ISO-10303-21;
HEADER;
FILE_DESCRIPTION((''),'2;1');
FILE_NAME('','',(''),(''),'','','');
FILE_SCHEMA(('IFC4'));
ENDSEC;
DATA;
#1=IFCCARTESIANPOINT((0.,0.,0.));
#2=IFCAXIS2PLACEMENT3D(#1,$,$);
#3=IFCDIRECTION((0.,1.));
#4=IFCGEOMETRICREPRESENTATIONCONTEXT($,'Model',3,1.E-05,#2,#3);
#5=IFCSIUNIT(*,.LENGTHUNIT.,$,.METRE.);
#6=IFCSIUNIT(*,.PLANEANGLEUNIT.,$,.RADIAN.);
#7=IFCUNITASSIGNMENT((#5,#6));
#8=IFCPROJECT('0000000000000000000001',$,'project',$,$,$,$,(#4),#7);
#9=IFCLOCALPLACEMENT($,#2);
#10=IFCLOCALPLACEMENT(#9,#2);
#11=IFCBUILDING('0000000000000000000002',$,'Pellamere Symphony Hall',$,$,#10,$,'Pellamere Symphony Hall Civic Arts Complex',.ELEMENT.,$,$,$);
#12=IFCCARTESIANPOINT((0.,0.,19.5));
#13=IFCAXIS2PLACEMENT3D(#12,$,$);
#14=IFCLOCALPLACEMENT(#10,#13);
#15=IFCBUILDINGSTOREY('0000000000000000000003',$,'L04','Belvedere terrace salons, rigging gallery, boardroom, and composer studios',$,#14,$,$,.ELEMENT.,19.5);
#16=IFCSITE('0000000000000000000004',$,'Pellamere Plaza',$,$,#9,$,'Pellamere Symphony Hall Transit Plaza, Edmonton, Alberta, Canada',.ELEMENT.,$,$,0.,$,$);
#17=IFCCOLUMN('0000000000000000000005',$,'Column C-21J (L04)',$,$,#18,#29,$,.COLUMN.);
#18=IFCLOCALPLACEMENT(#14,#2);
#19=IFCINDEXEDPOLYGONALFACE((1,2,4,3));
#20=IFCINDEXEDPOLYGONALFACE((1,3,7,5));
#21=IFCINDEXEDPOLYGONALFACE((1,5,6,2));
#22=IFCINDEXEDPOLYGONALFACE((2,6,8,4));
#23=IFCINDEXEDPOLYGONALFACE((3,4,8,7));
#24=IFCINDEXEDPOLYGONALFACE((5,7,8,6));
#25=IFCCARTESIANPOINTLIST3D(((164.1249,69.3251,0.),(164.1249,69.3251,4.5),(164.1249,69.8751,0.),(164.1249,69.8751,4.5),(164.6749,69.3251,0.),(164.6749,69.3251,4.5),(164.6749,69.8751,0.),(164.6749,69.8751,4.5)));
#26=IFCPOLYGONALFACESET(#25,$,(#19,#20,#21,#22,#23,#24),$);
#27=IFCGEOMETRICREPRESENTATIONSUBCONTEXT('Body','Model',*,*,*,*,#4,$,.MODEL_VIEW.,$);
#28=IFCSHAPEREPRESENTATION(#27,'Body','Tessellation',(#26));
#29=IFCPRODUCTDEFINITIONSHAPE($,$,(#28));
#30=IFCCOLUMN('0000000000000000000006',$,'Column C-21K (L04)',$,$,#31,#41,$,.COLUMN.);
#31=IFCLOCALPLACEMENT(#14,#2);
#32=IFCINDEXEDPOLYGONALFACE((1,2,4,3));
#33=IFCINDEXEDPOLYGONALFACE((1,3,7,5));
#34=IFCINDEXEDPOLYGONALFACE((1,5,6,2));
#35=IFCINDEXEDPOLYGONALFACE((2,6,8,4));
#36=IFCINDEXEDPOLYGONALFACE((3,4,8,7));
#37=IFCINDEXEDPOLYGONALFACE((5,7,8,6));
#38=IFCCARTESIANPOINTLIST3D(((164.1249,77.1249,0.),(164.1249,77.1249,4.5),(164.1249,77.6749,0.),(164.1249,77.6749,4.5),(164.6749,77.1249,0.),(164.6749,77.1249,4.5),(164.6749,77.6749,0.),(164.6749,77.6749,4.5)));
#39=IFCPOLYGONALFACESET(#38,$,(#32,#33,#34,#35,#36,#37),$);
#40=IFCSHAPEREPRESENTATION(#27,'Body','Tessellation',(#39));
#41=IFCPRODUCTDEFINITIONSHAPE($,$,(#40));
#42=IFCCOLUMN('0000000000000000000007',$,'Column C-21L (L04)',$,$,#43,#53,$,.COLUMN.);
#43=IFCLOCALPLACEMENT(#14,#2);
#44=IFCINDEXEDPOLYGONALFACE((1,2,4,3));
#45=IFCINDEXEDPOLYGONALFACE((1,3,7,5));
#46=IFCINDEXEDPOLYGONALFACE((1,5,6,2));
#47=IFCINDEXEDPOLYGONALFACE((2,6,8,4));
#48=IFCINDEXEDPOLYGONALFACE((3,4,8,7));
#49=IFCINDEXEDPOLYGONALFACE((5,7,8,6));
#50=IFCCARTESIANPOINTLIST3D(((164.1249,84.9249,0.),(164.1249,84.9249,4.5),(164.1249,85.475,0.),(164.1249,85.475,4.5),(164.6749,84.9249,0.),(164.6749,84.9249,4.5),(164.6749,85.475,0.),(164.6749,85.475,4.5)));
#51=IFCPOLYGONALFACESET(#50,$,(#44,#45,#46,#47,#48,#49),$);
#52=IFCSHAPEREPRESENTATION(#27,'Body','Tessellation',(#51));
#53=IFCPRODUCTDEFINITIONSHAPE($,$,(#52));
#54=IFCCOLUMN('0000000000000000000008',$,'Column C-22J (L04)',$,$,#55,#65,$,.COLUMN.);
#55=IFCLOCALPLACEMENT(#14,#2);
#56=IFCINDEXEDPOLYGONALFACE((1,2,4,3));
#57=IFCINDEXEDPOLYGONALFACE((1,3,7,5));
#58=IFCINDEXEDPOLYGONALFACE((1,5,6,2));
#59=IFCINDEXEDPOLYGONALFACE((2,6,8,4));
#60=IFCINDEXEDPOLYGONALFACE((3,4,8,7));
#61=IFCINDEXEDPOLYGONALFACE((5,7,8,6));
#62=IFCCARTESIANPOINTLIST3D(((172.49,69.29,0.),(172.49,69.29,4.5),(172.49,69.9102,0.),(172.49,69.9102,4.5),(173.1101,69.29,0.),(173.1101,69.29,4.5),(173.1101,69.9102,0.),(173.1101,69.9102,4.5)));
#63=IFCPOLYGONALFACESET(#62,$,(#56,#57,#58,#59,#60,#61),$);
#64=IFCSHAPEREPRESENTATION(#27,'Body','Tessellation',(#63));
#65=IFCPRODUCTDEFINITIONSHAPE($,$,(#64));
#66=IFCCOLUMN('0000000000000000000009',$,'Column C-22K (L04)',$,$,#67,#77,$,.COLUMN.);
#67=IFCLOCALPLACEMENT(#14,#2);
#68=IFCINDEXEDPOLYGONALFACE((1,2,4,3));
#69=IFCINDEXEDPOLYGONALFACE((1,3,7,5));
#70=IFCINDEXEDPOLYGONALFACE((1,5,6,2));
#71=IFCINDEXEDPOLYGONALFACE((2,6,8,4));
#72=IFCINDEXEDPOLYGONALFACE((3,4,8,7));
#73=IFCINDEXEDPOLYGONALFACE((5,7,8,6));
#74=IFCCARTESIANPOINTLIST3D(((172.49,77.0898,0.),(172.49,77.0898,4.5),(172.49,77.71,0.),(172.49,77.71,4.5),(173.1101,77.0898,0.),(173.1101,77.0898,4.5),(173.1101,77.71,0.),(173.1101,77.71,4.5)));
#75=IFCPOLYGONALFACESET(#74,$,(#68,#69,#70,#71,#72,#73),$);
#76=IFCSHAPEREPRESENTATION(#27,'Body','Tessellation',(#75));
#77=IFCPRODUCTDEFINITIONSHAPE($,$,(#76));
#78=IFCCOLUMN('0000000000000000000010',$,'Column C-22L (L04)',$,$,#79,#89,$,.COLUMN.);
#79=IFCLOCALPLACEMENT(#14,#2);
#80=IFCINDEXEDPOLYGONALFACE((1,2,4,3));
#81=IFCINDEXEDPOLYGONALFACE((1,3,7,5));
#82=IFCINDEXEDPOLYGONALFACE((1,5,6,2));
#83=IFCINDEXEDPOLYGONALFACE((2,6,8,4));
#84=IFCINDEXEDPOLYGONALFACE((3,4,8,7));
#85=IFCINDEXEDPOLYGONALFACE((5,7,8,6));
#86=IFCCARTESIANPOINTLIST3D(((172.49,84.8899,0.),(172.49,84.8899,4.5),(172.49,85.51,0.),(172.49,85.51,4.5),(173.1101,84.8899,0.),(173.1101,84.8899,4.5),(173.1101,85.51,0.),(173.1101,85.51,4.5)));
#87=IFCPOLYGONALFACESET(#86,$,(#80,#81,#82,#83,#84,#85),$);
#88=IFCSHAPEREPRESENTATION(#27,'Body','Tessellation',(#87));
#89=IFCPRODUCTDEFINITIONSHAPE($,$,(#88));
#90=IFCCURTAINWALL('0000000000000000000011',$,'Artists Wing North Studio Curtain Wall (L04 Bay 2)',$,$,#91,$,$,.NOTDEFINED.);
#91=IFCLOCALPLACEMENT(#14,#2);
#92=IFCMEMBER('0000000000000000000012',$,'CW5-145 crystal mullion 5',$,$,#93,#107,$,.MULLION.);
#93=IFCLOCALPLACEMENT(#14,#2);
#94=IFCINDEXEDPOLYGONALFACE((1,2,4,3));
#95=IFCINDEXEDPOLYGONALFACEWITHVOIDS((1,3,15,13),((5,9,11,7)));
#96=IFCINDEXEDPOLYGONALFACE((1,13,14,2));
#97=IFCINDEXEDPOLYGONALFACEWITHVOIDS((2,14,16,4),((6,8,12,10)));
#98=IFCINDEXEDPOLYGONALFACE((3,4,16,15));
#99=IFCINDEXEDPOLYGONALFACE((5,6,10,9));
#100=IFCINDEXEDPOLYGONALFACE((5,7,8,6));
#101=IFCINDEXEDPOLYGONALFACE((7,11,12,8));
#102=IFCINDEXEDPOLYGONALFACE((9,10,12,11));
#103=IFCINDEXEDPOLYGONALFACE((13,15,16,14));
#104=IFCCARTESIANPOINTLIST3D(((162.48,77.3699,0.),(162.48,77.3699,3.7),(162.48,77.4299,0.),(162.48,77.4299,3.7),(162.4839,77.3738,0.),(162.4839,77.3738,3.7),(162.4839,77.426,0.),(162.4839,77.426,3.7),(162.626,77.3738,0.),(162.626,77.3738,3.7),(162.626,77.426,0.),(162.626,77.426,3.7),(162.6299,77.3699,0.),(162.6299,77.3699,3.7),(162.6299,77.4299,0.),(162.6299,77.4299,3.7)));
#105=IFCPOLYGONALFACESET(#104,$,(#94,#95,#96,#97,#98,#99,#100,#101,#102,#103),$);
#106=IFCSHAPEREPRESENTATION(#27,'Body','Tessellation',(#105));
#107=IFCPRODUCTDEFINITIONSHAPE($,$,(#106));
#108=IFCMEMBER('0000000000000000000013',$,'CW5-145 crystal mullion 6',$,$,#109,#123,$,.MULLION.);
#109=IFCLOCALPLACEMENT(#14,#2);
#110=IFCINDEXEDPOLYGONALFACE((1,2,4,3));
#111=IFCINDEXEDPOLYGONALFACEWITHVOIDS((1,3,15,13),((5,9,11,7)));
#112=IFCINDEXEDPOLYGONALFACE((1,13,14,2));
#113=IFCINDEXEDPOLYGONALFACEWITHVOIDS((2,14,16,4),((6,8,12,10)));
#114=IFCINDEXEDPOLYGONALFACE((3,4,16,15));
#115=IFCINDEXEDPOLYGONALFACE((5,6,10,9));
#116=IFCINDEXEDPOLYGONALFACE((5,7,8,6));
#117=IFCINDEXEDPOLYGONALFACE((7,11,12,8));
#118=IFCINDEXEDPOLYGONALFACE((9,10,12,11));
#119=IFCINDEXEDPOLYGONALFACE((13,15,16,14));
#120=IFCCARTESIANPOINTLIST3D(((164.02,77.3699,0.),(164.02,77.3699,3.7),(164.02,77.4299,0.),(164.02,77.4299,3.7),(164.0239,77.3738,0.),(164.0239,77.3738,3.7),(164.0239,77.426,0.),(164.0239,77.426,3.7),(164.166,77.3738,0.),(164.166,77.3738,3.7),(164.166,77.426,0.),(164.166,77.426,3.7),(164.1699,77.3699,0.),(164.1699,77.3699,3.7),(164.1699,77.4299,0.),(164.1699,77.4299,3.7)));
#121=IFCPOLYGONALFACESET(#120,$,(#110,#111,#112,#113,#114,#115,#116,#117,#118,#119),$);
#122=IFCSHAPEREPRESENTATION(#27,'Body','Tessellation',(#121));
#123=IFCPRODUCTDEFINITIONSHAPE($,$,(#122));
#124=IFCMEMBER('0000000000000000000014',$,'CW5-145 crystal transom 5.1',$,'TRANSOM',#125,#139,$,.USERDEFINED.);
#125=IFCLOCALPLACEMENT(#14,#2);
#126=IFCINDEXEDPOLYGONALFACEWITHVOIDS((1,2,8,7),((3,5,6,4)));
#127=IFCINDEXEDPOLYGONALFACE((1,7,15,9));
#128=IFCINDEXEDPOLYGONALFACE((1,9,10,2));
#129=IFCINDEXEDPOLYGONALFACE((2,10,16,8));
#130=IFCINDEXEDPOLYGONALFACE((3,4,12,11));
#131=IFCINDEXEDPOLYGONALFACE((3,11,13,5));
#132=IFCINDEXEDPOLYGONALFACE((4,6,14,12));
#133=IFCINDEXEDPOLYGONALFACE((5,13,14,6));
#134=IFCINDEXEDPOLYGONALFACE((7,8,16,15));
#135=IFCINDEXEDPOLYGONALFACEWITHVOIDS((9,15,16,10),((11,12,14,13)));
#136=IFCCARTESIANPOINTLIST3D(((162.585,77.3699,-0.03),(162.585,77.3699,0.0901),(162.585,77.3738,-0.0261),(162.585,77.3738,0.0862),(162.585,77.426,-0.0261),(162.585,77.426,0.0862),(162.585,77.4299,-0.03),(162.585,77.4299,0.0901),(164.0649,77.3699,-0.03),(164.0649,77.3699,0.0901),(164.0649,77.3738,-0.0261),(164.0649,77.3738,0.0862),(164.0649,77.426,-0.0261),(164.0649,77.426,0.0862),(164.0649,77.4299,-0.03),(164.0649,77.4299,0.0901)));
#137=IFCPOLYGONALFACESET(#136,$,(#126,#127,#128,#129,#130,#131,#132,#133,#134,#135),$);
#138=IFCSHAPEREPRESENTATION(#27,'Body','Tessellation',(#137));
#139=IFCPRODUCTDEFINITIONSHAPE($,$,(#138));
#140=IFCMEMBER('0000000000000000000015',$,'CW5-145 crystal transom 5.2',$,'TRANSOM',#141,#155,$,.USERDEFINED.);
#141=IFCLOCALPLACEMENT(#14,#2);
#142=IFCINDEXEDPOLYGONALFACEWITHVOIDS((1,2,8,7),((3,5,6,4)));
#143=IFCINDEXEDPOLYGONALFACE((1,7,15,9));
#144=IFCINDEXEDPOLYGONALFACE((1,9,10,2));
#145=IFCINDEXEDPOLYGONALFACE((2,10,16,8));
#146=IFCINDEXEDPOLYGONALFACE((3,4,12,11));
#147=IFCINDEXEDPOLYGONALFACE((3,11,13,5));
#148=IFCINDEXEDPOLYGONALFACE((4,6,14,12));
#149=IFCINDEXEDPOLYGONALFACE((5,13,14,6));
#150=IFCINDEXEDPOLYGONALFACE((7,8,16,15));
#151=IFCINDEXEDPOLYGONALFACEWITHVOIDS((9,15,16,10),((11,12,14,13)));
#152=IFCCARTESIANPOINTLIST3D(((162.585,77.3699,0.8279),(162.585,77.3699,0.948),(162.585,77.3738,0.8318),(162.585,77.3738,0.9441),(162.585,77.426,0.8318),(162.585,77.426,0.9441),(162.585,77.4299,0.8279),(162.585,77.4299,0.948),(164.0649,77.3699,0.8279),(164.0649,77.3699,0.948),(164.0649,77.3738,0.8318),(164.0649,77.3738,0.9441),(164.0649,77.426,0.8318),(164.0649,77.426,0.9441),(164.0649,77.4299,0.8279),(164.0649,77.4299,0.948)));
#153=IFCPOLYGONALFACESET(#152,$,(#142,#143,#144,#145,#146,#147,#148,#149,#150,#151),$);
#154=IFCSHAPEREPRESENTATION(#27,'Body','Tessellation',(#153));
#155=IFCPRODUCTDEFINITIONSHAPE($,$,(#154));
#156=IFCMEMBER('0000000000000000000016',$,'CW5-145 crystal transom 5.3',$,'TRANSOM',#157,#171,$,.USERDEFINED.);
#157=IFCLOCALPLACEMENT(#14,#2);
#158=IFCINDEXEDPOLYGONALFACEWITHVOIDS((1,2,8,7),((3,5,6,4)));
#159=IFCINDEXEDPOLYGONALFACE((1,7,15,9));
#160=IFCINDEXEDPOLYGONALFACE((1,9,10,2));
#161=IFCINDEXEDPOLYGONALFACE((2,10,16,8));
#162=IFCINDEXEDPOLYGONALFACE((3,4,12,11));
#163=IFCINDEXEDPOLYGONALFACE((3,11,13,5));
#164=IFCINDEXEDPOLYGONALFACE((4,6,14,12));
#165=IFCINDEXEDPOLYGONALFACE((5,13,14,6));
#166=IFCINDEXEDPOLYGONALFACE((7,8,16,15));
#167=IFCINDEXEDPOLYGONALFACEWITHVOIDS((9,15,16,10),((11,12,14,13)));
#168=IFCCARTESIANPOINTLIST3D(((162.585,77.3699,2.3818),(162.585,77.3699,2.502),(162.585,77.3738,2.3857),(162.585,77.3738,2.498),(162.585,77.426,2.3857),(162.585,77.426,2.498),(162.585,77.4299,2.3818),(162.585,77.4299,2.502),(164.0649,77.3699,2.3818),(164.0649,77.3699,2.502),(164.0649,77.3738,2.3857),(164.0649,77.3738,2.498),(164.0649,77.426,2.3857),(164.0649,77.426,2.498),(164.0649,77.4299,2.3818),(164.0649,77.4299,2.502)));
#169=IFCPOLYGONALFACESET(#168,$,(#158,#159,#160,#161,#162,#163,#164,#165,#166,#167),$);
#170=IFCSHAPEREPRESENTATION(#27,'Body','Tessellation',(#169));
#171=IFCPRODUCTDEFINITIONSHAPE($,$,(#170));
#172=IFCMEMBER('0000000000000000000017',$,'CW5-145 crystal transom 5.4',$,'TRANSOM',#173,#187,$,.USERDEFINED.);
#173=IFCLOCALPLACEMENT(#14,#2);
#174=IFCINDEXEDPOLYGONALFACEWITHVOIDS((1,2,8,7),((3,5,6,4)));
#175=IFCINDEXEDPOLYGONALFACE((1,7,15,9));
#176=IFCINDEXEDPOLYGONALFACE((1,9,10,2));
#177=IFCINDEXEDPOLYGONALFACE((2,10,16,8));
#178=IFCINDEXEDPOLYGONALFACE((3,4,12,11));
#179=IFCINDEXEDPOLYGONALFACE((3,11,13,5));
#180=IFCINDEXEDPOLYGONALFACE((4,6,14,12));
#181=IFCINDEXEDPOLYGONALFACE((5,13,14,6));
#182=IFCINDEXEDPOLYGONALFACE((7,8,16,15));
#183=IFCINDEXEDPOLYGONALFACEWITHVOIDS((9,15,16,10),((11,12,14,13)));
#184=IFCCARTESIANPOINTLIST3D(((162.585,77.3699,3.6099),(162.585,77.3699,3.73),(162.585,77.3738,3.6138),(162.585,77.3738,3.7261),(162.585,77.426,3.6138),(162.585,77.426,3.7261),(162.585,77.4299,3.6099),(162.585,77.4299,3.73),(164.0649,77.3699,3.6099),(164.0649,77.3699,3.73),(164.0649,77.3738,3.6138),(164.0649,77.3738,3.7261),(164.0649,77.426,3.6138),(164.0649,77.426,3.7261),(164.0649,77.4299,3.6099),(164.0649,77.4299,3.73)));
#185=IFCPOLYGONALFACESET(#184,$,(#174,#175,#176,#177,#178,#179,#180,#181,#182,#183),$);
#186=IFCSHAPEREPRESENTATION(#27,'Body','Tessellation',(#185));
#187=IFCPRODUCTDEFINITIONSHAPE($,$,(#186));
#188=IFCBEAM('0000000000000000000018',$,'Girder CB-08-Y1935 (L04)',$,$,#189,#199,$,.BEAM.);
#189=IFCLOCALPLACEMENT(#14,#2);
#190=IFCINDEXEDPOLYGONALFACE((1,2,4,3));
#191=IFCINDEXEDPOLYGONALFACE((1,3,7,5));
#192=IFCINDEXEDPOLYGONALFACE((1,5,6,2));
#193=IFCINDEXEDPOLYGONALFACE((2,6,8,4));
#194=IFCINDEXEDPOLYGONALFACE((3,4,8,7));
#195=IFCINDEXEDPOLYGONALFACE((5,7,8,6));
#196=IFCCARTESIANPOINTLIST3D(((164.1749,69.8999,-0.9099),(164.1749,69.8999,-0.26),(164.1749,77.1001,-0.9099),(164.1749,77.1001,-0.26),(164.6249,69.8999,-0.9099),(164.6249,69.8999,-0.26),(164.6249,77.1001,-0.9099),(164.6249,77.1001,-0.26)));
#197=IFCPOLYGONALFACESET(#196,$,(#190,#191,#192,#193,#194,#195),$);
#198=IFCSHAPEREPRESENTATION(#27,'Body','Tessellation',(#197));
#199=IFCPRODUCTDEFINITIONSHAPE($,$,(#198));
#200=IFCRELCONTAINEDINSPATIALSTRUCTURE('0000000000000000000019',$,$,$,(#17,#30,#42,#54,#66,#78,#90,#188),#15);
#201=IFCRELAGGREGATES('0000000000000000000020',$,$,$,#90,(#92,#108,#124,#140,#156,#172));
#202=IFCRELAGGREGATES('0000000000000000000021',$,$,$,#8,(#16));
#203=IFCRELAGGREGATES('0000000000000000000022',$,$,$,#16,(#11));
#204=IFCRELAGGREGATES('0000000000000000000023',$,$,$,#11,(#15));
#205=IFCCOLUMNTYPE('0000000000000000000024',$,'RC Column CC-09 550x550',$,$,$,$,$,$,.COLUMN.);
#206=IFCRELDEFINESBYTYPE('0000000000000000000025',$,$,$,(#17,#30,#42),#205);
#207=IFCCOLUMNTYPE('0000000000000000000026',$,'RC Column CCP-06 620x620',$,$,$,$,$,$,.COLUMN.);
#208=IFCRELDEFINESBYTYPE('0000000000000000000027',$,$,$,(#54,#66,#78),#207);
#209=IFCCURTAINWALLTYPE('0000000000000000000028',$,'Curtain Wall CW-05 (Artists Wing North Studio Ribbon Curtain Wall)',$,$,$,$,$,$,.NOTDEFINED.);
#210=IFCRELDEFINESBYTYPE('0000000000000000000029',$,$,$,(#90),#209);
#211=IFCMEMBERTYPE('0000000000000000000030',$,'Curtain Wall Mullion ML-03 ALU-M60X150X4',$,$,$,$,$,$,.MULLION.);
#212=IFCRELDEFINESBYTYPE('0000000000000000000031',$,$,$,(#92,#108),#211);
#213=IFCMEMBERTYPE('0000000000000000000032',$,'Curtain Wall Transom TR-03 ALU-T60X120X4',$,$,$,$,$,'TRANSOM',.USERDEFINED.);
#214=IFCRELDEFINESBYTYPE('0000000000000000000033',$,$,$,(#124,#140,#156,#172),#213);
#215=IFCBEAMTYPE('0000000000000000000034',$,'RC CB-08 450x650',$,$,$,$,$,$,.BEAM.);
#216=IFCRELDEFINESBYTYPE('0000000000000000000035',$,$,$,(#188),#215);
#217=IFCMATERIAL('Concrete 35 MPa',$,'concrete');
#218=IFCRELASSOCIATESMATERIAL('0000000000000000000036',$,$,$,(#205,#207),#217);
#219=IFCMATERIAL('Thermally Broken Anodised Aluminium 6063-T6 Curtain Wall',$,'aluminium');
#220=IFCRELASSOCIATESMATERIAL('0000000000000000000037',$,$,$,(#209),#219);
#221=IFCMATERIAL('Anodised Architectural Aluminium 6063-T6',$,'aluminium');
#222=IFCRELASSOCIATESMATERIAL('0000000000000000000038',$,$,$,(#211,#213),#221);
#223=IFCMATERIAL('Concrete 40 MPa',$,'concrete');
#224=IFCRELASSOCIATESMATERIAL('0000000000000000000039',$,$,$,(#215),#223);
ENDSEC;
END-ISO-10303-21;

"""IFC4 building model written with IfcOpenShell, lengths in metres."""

from ifc_helpers import new_model, si_unit, direction, frame, origin, origin_2d, place, context, subcontext, project, spatial, rectangle, hollow_rectangle, extrude, material, material_profile, profile_set, type_object, element, aggregate, save


model = new_model("IFC4")

# Units and contexts
model_context = context("Model", 3, precision=1e-05, world=origin(), true_north=direction((0.0, 1.0)))
body_context = subcontext(model_context, "Body", "Model", "MODEL_VIEW")
ifc_project = project(units=[si_unit("LENGTHUNIT", "METRE"), si_unit("PLANEANGLEUNIT", "RADIAN")], contexts=[model_context])

# Site, building, storey
site_placement = place(None, origin())
site = spatial("IfcSite", under=ifc_project, at=site_placement, Name="Pellamere Plaza", LongName="Pellamere Symphony Hall Transit Plaza, Edmonton, Alberta, Canada", CompositionType="ELEMENT", RefElevation=0.0)
building_placement = place(site_placement, origin())
building = spatial("IfcBuilding", under=site, at=building_placement, Name="Pellamere Symphony Hall", LongName="Pellamere Symphony Hall Civic Arts Complex", CompositionType="ELEMENT")
storey_placement = place(building_placement, frame((0.0, 0.0, 19.5)))
storey = spatial("IfcBuildingStorey", under=building, at=storey_placement, Name="L04", Description="Belvedere terrace salons, rigging gallery, boardroom, and composer studios", CompositionType="ELEMENT", Elevation=19.5)

# Columns
ifc_material_1 = material(Name="Concrete 35 MPa", Category="concrete")
ifc_material_profile_1 = material_profile(ifc_material_1, rectangle(XDim=0.55, YDim=0.55, at=origin_2d()), Name="RC 550x550")
ifc_profile_set_1 = profile_set([ifc_material_profile_1], Name="Concrete 35 MPa")
column_type_1 = type_object("IfcColumnType", Name="RC Column CC-09 550x550", PredefinedType="COLUMN", material=ifc_profile_set_1)
for number, where, z_axis, x_axis, name in (
    (1, (164.3999, 69.6001, 0.0), (0.0, 0.0, 1.0), (1.0, 0.0, 0.0), "Column C-21J (L04)"),
    (2, (164.3999, 77.3999, 0.0), (0.0, 0.0, 1.0), (1.0, 0.0, 0.0), "Column C-21K (L04)"),
    (3, (164.3999, 85.2, 0.0), (0.0, 0.0, 1.0), (1.0, 0.0, 0.0), "Column C-21L (L04)"),
):
    element("IfcColumn", number, at=place(storey_placement, frame(where, z_axis=z_axis, x_axis=x_axis)), inside=storey, type_object=column_type_1, Name=name, PredefinedType="COLUMN", context=body_context, shape_type="SweptSolid", body=[
        extrude(rectangle(XDim=0.55, YDim=0.55, at=origin_2d()), origin(), (0.0, 0.0, 1.0), 4.5),
    ])
ifc_material_profile_2 = material_profile(ifc_material_1, rectangle(XDim=0.6201, YDim=0.6201, at=origin_2d()), Name="RC 620x620")
ifc_profile_set_2 = profile_set([ifc_material_profile_2], Name="Concrete 35 MPa")
column_type_2 = type_object("IfcColumnType", Name="RC Column CCP-06 620x620", PredefinedType="COLUMN", material=ifc_profile_set_2)
for number, where, z_axis, x_axis, name in (
    (4, (172.8, 69.6001, 0.0), (0.0, 0.0, 1.0), (1.0, 0.0, 0.0), "Column C-22J (L04)"),
    (5, (172.8, 77.3999, 0.0), (0.0, 0.0, 1.0), (1.0, 0.0, 0.0), "Column C-22K (L04)"),
    (6, (172.8, 85.2, 0.0), (0.0, 0.0, 1.0), (1.0, 0.0, 0.0), "Column C-22L (L04)"),
):
    element("IfcColumn", number, at=place(storey_placement, frame(where, z_axis=z_axis, x_axis=x_axis)), inside=storey, type_object=column_type_2, Name=name, PredefinedType="COLUMN", context=body_context, shape_type="SweptSolid", body=[
        extrude(rectangle(XDim=0.6201, YDim=0.6201, at=origin_2d()), origin(), (0.0, 0.0, 1.0), 4.5),
    ])

# Curtain wall, members
ifc_material_2 = material(Name="Thermally Broken Anodised Aluminium 6063-T6 Curtain Wall", Category="aluminium")
curtain_wall_type = type_object("IfcCurtainWallType", Name="Curtain Wall CW-05 (Artists Wing North Studio Ribbon Curtain Wall)", PredefinedType="NOTDEFINED", material=ifc_material_2)
curtain_wall_placement = place(storey_placement, origin())
curtain_wall = element("IfcCurtainWall", 7, at=curtain_wall_placement, inside=storey, type_object=curtain_wall_type, Name="Artists Wing North Studio Curtain Wall (L04 Bay 2)", PredefinedType="NOTDEFINED")
ifc_material_3 = material(Name="Anodised Architectural Aluminium 6063-T6", Category="aluminium")
ifc_material_profile_3 = material_profile(ifc_material_3, hollow_rectangle(XDim=0.0601, YDim=0.1499, WallThickness=0.0039, at=origin_2d()), Name="ALU-M60X150X4")
ifc_profile_set_3 = profile_set([ifc_material_profile_3], Name="Anodised Architectural Aluminium 6063-T6")
member_type_1 = type_object("IfcMemberType", Name="Curtain Wall Mullion ML-03 ALU-M60X150X4", PredefinedType="MULLION", material=ifc_profile_set_3)
member_1_placement = place(storey_placement, frame((162.5549, 77.3999, 0.0), z_axis=(0.0, 0.0, 1.0), x_axis=(0.0, 1.0, 0.0)))
member_1 = element("IfcMember", 8, at=member_1_placement, type_object=member_type_1, Name="CW5-145 crystal mullion 5", PredefinedType="MULLION", context=body_context, shape_type="SweptSolid", body=[
    extrude(hollow_rectangle(XDim=0.0601, YDim=0.1499, WallThickness=0.0039, at=origin_2d()), origin(), (0.0, 0.0, 1.0), 3.7),
])
member_2_placement = place(storey_placement, frame((164.095, 77.3999, 0.0), z_axis=(0.0, 0.0, 1.0), x_axis=(0.0, 1.0, 0.0)))
member_2 = element("IfcMember", 9, at=member_2_placement, type_object=member_type_1, Name="CW5-145 crystal mullion 6", PredefinedType="MULLION", context=body_context, shape_type="SweptSolid", body=[
    extrude(hollow_rectangle(XDim=0.0601, YDim=0.1499, WallThickness=0.0039, at=origin_2d()), origin(), (0.0, 0.0, 1.0), 3.7),
])
ifc_material_profile_4 = material_profile(ifc_material_3, hollow_rectangle(XDim=0.0601, YDim=0.1201, WallThickness=0.0039, at=origin_2d()), Name="ALU-T60X120X4")
ifc_profile_set_4 = profile_set([ifc_material_profile_4], Name="Anodised Architectural Aluminium 6063-T6")
member_type_2 = type_object("IfcMemberType", Name="Curtain Wall Transom TR-03 ALU-T60X120X4", ElementType="TRANSOM", PredefinedType="USERDEFINED", material=ifc_profile_set_4)
member_3_placement = place(storey_placement, frame((162.585, 77.3999, 0.03), z_axis=(1.0, 0.0, 0.0), x_axis=(0.0, 1.0, 0.0)))
member_3 = element("IfcMember", 10, at=member_3_placement, type_object=member_type_2, Name="CW5-145 crystal transom 5.1", ObjectType="TRANSOM", PredefinedType="USERDEFINED", context=body_context, shape_type="SweptSolid", body=[
    extrude(hollow_rectangle(XDim=0.0601, YDim=0.1201, WallThickness=0.0039, at=origin_2d()), origin(), (0.0, 0.0, 1.0), 1.48),
])
member_4_placement = place(storey_placement, frame((162.585, 77.3999, 0.8879), z_axis=(1.0, 0.0, 0.0), x_axis=(0.0, 1.0, 0.0)))
member_4 = element("IfcMember", 11, at=member_4_placement, type_object=member_type_2, Name="CW5-145 crystal transom 5.2", ObjectType="TRANSOM", PredefinedType="USERDEFINED", context=body_context, shape_type="SweptSolid", body=[
    extrude(hollow_rectangle(XDim=0.0601, YDim=0.1201, WallThickness=0.0039, at=origin_2d()), origin(), (0.0, 0.0, 1.0), 1.48),
])
member_5_placement = place(storey_placement, frame((162.585, 77.3999, 2.4419), z_axis=(1.0, 0.0, 0.0), x_axis=(0.0, 1.0, 0.0)))
member_5 = element("IfcMember", 12, at=member_5_placement, type_object=member_type_2, Name="CW5-145 crystal transom 5.3", ObjectType="TRANSOM", PredefinedType="USERDEFINED", context=body_context, shape_type="SweptSolid", body=[
    extrude(hollow_rectangle(XDim=0.0601, YDim=0.1201, WallThickness=0.0039, at=origin_2d()), origin(), (0.0, 0.0, 1.0), 1.48),
])
member_6_placement = place(storey_placement, frame((162.585, 77.3999, 3.6699), z_axis=(1.0, 0.0, 0.0), x_axis=(0.0, 1.0, 0.0)))
member_6 = element("IfcMember", 13, at=member_6_placement, type_object=member_type_2, Name="CW5-145 crystal transom 5.4", ObjectType="TRANSOM", PredefinedType="USERDEFINED", context=body_context, shape_type="SweptSolid", body=[
    extrude(hollow_rectangle(XDim=0.0601, YDim=0.1201, WallThickness=0.0039, at=origin_2d()), origin(), (0.0, 0.0, 1.0), 1.48),
])

# Beam
ifc_material_4 = material(Name="Concrete 40 MPa", Category="concrete")
ifc_material_profile_5 = material_profile(ifc_material_4, rectangle(XDim=0.45, YDim=0.6499, at=origin_2d()), Name="RC 450x650")
ifc_profile_set_5 = profile_set([ifc_material_profile_5], Name="Concrete 40 MPa")
beam_type_1 = type_object("IfcBeamType", Name="RC CB-08 450x650", PredefinedType="BEAM", material=ifc_profile_set_5)
beam_1_placement = place(storey_placement, frame((164.3999, 69.8999, -0.585), z_axis=(0.0, 1.0, 0.0), x_axis=(-1.0, 0.0, 0.0)))
element("IfcBeam", 14, at=beam_1_placement, inside=storey, type_object=beam_type_1, Name="Girder CB-08-Y1935 (L04)", PredefinedType="BEAM", context=body_context, shape_type="SweptSolid", body=[
    extrude(rectangle(XDim=0.45, YDim=0.6499, at=origin_2d()), origin(), (0.0, 0.0, 1.0), 7.2002),
])

aggregate(curtain_wall, [member_1, member_2, member_3, member_4, member_5, member_6])

save(model, "model.ifc")
